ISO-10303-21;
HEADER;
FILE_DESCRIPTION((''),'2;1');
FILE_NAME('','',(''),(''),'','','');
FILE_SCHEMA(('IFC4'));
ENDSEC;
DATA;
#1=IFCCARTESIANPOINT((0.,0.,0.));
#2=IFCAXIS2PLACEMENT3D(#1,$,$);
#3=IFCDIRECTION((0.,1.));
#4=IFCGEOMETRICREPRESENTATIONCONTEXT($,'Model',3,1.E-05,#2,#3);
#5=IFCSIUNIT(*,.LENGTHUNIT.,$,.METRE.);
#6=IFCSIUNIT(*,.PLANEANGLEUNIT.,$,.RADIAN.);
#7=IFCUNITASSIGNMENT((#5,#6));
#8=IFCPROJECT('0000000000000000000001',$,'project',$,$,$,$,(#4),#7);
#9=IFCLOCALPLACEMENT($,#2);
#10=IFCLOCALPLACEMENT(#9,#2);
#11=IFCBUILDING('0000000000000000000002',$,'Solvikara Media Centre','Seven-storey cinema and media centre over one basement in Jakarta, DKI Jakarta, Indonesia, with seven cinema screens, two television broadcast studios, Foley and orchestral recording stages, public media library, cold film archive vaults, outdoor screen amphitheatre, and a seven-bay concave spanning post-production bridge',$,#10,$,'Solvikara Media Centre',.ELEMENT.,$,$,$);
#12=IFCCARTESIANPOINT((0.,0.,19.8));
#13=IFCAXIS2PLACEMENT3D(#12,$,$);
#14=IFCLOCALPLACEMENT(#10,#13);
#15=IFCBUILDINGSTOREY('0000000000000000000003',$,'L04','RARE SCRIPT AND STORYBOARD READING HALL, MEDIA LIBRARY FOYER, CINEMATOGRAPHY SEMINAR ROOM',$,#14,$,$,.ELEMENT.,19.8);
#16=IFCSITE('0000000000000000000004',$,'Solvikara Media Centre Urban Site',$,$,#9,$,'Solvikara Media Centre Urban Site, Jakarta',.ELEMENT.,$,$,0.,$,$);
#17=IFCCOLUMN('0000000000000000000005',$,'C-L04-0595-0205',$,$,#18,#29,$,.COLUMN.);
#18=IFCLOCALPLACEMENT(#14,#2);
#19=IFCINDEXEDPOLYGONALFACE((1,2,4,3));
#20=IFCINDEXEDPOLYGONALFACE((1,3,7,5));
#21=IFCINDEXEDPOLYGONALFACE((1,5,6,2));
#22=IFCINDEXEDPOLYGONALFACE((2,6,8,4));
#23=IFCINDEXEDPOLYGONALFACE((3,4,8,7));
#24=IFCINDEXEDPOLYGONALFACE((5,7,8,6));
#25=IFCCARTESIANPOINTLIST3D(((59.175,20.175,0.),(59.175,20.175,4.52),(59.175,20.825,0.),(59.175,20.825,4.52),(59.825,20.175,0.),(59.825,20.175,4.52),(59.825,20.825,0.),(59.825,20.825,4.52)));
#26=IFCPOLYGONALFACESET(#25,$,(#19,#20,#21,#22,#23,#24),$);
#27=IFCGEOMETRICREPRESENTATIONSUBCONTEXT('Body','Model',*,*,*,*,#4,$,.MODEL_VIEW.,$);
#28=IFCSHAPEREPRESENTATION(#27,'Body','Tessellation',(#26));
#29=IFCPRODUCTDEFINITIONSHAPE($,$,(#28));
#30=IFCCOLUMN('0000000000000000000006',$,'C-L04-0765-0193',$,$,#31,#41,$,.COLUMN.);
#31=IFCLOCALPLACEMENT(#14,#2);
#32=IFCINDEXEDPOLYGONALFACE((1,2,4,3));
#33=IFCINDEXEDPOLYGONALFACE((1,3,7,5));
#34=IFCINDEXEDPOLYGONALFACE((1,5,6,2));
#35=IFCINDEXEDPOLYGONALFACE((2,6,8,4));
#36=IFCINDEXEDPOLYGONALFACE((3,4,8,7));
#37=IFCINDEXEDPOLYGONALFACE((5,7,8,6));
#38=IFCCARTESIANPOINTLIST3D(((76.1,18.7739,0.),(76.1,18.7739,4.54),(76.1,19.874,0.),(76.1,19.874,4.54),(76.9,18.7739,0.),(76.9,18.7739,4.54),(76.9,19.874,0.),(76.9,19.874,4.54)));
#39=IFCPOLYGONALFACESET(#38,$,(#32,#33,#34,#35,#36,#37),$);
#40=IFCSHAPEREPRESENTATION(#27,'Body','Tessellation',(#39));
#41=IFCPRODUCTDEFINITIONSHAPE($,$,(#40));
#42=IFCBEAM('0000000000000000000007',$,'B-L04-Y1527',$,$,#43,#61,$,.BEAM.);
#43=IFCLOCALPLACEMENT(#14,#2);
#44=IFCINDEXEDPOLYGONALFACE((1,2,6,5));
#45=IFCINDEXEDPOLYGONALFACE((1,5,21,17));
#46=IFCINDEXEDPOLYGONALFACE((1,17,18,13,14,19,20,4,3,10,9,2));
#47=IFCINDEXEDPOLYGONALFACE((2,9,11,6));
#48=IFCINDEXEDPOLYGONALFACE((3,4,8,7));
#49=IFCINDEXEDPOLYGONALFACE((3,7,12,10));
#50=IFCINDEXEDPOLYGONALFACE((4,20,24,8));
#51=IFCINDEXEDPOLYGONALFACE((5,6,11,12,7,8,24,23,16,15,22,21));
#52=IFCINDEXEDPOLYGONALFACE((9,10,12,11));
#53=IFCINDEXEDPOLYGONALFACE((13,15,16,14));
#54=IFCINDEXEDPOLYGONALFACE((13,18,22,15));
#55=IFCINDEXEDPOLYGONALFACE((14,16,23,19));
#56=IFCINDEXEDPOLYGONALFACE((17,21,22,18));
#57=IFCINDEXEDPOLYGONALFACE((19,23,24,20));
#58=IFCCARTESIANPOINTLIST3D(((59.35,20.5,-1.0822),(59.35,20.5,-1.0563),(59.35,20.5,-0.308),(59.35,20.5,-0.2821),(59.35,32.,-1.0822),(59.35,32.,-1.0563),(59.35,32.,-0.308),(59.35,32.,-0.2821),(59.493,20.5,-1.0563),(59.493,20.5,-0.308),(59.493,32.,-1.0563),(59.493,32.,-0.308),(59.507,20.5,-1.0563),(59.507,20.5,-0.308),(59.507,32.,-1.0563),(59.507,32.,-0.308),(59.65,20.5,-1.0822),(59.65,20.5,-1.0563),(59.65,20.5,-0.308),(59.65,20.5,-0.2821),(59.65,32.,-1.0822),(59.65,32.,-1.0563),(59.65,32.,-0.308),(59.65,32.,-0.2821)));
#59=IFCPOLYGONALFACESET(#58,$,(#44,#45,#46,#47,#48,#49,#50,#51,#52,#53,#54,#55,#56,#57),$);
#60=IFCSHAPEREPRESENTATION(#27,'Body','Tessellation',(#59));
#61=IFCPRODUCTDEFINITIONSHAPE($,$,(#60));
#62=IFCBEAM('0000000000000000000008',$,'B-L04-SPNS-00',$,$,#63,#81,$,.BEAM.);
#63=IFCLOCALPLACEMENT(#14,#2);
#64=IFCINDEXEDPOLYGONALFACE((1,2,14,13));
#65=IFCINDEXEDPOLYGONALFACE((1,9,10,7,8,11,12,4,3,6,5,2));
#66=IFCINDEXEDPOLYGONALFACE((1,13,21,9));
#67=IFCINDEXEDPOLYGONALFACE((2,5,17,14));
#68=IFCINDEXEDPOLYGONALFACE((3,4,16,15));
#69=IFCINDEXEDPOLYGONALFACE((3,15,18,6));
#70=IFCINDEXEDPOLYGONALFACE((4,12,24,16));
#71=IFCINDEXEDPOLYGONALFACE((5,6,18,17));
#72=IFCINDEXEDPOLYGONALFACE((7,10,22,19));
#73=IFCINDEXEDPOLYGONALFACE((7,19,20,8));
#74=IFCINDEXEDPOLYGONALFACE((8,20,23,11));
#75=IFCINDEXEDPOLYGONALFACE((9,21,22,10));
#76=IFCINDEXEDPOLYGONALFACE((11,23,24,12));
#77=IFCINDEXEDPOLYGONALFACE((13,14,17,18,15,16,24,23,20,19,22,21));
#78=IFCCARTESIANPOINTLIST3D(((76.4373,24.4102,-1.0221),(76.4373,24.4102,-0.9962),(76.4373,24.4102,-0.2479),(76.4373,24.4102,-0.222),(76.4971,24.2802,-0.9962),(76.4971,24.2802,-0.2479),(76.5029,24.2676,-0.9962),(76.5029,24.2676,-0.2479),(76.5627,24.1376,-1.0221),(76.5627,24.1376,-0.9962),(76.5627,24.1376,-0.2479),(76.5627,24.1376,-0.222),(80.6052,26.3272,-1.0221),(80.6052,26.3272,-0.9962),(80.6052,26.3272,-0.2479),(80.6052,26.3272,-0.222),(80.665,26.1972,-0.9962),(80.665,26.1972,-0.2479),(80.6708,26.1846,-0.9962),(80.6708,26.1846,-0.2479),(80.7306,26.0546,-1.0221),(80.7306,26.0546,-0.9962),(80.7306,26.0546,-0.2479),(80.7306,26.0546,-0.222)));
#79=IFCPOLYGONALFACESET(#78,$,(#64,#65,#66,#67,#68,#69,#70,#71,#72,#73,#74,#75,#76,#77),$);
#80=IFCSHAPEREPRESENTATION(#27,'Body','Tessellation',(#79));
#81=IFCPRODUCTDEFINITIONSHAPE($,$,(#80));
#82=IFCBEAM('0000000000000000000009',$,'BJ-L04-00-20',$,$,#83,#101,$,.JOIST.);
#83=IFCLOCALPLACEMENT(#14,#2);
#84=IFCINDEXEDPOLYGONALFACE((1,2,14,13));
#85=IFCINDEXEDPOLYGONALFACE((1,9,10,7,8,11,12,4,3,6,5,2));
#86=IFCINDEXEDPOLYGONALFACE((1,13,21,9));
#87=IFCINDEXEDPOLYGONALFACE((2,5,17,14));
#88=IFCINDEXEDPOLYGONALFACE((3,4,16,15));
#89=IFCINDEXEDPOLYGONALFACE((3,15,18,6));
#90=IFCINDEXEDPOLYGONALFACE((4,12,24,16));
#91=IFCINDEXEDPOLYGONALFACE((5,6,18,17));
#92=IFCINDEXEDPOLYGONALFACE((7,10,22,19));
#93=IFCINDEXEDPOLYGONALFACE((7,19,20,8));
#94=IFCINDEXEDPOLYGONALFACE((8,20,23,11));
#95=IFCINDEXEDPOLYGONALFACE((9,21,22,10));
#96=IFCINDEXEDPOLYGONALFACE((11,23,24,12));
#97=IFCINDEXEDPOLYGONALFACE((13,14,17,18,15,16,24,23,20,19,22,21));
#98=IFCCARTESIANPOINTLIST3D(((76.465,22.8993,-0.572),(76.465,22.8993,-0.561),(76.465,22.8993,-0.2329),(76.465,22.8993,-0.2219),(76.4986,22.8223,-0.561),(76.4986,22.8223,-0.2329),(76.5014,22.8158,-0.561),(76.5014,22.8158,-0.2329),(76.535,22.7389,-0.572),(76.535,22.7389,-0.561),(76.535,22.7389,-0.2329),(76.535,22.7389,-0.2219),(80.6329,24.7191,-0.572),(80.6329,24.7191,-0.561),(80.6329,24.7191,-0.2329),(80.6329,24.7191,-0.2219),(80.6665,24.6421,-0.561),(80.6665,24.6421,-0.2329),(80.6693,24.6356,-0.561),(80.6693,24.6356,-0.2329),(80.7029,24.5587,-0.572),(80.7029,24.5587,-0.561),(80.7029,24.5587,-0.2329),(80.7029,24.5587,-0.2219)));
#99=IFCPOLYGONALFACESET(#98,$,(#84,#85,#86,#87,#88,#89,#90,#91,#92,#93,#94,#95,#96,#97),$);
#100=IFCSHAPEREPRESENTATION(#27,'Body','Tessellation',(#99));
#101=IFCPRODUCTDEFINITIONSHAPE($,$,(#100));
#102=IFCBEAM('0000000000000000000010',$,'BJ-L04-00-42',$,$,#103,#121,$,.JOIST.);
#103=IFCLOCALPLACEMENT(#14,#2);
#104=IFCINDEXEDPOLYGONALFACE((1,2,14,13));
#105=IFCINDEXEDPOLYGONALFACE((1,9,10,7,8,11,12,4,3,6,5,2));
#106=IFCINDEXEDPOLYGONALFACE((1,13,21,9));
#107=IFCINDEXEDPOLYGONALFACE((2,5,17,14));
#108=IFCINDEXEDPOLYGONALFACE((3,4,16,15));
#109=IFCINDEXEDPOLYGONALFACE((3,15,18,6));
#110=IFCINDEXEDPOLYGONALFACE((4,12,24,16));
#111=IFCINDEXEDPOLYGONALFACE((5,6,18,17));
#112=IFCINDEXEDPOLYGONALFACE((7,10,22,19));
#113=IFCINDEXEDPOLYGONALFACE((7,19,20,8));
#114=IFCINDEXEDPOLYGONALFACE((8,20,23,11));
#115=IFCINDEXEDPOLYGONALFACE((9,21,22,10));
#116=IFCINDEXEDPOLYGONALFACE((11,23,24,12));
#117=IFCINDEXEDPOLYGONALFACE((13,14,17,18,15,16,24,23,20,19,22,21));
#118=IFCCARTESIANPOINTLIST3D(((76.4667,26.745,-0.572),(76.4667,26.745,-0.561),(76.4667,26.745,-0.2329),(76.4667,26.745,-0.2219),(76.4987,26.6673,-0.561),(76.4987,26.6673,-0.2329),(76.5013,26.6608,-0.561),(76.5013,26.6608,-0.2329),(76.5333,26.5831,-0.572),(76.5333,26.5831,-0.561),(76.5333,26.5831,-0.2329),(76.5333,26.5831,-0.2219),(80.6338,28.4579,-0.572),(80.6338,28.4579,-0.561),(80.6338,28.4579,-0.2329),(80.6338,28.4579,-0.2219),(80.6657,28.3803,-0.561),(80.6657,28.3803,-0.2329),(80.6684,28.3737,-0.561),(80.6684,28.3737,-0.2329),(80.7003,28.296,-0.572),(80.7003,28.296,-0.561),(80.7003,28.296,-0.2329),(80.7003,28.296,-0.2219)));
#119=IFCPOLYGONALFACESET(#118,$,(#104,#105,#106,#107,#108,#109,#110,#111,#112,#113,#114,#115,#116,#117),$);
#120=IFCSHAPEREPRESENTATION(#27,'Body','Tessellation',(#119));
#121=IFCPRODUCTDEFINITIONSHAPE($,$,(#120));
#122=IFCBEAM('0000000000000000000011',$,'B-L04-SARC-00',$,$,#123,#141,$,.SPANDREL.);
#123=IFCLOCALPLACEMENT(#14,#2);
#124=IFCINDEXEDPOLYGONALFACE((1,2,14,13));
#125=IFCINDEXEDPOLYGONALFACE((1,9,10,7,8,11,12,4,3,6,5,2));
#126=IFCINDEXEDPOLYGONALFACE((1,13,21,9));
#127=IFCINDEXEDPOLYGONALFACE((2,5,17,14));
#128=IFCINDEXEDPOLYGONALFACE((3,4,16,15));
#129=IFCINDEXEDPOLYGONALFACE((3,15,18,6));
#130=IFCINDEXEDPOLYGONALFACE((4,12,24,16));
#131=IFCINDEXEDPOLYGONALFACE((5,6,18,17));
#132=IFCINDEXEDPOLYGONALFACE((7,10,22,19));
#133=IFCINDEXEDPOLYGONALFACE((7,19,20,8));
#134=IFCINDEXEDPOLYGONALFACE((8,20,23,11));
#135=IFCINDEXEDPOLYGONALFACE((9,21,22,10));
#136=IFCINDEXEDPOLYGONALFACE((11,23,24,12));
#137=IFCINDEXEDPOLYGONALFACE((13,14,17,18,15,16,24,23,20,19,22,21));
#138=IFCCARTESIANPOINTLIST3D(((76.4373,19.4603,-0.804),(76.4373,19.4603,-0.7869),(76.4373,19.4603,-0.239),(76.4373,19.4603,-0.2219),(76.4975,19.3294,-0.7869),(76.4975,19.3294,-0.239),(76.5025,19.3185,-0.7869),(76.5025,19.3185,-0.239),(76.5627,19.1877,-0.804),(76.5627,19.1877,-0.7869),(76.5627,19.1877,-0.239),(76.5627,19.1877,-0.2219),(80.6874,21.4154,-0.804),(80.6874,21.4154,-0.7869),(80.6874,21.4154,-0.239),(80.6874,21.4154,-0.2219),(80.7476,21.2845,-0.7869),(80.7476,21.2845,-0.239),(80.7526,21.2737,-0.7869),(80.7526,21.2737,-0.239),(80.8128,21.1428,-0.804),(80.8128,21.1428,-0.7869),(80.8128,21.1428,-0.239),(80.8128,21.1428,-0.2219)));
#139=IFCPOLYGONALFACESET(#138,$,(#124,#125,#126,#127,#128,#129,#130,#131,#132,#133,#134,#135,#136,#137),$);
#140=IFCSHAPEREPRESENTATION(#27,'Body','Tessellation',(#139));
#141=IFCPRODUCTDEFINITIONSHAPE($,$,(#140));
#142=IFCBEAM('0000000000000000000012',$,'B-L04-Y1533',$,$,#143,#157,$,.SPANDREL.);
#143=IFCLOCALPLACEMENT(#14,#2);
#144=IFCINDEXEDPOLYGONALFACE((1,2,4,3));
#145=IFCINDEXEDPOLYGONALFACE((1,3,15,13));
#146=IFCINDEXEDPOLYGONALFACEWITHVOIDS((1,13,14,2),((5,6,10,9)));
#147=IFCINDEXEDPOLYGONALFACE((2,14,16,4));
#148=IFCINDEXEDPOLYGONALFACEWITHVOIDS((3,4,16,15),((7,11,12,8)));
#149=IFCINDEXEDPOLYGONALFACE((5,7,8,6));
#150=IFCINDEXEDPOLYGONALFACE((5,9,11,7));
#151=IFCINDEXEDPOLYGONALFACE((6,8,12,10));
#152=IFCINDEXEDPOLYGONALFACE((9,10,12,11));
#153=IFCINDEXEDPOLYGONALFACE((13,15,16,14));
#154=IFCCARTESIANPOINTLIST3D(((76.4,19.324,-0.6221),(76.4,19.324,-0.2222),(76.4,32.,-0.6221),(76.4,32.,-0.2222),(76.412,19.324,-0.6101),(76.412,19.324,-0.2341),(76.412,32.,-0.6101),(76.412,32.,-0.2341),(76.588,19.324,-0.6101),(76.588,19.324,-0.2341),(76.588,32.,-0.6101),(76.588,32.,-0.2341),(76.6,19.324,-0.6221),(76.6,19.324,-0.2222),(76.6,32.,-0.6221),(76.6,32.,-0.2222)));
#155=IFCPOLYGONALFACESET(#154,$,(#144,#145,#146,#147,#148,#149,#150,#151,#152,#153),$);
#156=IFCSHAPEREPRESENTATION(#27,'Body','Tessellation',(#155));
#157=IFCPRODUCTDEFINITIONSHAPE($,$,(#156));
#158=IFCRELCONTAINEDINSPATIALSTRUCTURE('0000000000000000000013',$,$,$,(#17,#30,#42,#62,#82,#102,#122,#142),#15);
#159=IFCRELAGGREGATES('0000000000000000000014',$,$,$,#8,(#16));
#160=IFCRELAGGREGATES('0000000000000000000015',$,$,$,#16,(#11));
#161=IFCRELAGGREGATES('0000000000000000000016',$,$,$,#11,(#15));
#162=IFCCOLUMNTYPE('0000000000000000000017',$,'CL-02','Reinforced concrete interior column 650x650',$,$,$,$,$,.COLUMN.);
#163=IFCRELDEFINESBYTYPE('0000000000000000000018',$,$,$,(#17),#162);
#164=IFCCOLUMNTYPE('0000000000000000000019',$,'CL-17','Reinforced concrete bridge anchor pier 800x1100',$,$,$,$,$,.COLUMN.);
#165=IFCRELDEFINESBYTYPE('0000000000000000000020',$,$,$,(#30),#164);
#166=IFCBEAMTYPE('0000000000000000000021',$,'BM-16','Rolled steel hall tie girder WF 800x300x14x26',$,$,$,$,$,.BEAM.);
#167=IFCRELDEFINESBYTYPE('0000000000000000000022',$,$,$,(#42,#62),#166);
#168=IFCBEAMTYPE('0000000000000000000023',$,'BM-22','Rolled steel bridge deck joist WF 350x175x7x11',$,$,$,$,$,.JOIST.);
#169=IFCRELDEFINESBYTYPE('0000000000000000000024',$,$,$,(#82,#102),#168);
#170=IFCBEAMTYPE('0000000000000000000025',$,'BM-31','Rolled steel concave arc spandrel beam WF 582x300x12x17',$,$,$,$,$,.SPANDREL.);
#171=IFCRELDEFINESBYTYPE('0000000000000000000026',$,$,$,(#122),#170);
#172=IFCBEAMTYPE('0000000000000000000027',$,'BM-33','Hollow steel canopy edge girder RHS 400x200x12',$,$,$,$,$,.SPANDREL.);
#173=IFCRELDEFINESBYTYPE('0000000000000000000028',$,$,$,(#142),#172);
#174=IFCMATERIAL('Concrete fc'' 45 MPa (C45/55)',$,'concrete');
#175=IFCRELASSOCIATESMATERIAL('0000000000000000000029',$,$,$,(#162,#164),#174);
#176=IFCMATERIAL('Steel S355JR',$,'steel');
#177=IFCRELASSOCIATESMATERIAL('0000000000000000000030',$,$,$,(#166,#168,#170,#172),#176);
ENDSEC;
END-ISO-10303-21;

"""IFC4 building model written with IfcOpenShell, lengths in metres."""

from ifc_helpers import new_model, si_unit, direction, frame, origin, origin_2d, place, context, subcontext, project, spatial, rectangle, hollow_rectangle, i_section, extrude, material, material_profile, profile_set, type_object, element, save


model = new_model("IFC4")

# Units and contexts
model_context = context("Model", 3, precision=1e-05, world=origin(), true_north=direction((0.0, 1.0)))
body_context = subcontext(model_context, "Body", "Model", "MODEL_VIEW")
ifc_project = project(units=[si_unit("LENGTHUNIT", "METRE"), si_unit("PLANEANGLEUNIT", "RADIAN")], contexts=[model_context])

# Site, building, storey
site_placement = place(None, origin())
site = spatial("IfcSite", under=ifc_project, at=site_placement, Name="Solvikara Media Centre Urban Site", LongName="Solvikara Media Centre Urban Site, Jakarta", CompositionType="ELEMENT", RefElevation=0.0)
building_placement = place(site_placement, origin())
building = spatial("IfcBuilding", under=site, at=building_placement, Name="Solvikara Media Centre", Description="Seven-storey cinema and media centre over one basement in Jakarta, DKI Jakarta, Indonesia, with seven cinema screens, two television broadcast studios, Foley and orchestral recording stages, public media library, cold film archive vaults, outdoor screen amphitheatre, and a seven-bay concave spanning post-production bridge", LongName="Solvikara Media Centre", CompositionType="ELEMENT")
storey_placement = place(building_placement, frame((0.0, 0.0, 19.8)))
storey = spatial("IfcBuildingStorey", under=building, at=storey_placement, Name="L04", Description="RARE SCRIPT AND STORYBOARD READING HALL, MEDIA LIBRARY FOYER, CINEMATOGRAPHY SEMINAR ROOM", CompositionType="ELEMENT", Elevation=19.8)

# Columns
ifc_material_1 = material(Name="Concrete fc' 45 MPa (C45/55)", Category="concrete")
ifc_material_profile_1 = material_profile(ifc_material_1, rectangle(XDim=0.6499, YDim=0.6499, at=origin_2d()), Name="RC 650x650")
ifc_profile_set_1 = profile_set([ifc_material_profile_1], Name="Concrete fc' 45 MPa (C45/55)")
column_type_1 = type_object("IfcColumnType", Name="CL-02", Description="Reinforced concrete interior column 650x650", PredefinedType="COLUMN", material=ifc_profile_set_1)
column_1_placement = place(storey_placement, frame((59.5, 20.5, 0.0), z_axis=(0.0, 0.0, 1.0), x_axis=(1.0, 0.0, 0.0)))
element("IfcColumn", 1, at=column_1_placement, inside=storey, type_object=column_type_1, Name="C-L04-0595-0205", PredefinedType="COLUMN", context=body_context, shape_type="SweptSolid", body=[
    extrude(rectangle(XDim=0.6499, YDim=0.6499, at=origin_2d()), origin(), (0.0, 0.0, 1.0), 4.52),
])
ifc_material_profile_2 = material_profile(ifc_material_1, rectangle(XDim=0.8, YDim=1.1001, at=origin_2d()), Name="RC 800x1100")
ifc_profile_set_2 = profile_set([ifc_material_profile_2], Name="Concrete fc' 45 MPa (C45/55)")
column_type_2 = type_object("IfcColumnType", Name="CL-17", Description="Reinforced concrete bridge anchor pier 800x1100", PredefinedType="COLUMN", material=ifc_profile_set_2)
column_2_placement = place(storey_placement, frame((76.5, 19.324, 0.0), z_axis=(0.0, 0.0, 1.0), x_axis=(1.0, 0.0, 0.0)))
element("IfcColumn", 2, at=column_2_placement, inside=storey, type_object=column_type_2, Name="C-L04-0765-0193", PredefinedType="COLUMN", context=body_context, shape_type="SweptSolid", body=[
    extrude(rectangle(XDim=0.8, YDim=1.1001, at=origin_2d()), origin(), (0.0, 0.0, 1.0), 4.54),
])

# Beams
ifc_material_2 = material(Name="Steel S355JR", Category="steel")
ifc_material_profile_3 = material_profile(ifc_material_2, i_section(OverallWidth=0.3, OverallDepth=0.8, WebThickness=0.0139, FlangeThickness=0.0259, at=origin_2d()), Name="WF 800x300x14x26")
ifc_profile_set_3 = profile_set([ifc_material_profile_3], Name="Steel S355JR")
beam_type_1 = type_object("IfcBeamType", Name="BM-16", Description="Rolled steel hall tie girder WF 800x300x14x26", PredefinedType="BEAM", material=ifc_profile_set_3)
beam_1_placement = place(storey_placement, frame((59.5, 20.5, -0.6821), z_axis=(0.0, 1.0, 0.0), x_axis=(-1.0, 0.0, 0.0)))
element("IfcBeam", 3, at=beam_1_placement, inside=storey, type_object=beam_type_1, Name="B-L04-Y1527", PredefinedType="BEAM", context=body_context, shape_type="SweptSolid", body=[
    extrude(i_section(OverallWidth=0.3, OverallDepth=0.8, WebThickness=0.0139, FlangeThickness=0.0259, at=origin_2d()), origin(), (0.0, 0.0, 1.0), 11.5),
])
beam_2_placement = place(storey_placement, frame((76.5, 24.2739, -0.6221), z_axis=(0.908513, 0.417856, 0.0), x_axis=(-0.417856, 0.908513, 0.0)))
element("IfcBeam", 4, at=beam_2_placement, inside=storey, type_object=beam_type_1, Name="B-L04-SPNS-00", PredefinedType="BEAM", context=body_context, shape_type="SweptSolid", body=[
    extrude(i_section(OverallWidth=0.3, OverallDepth=0.8, WebThickness=0.0139, FlangeThickness=0.0259, at=origin_2d()), origin(), (0.0, 0.0, 1.0), 4.5876),
])
ifc_material_profile_4 = material_profile(ifc_material_2, i_section(OverallWidth=0.175, OverallDepth=0.3501, WebThickness=0.0071, FlangeThickness=0.011, at=origin_2d()), Name="WF 350x175x7x11")
ifc_profile_set_4 = profile_set([ifc_material_profile_4], Name="Steel S355JR")
beam_type_2 = type_object("IfcBeamType", Name="BM-22", Description="Rolled steel bridge deck joist WF 350x175x7x11", PredefinedType="JOIST", material=ifc_profile_set_4)
beam_3_placement = place(storey_placement, frame((76.5, 22.8191, -0.397), z_axis=(0.916453, 0.400143, 0.0), x_axis=(-0.400143, 0.916453, 0.0)))
element("IfcBeam", 5, at=beam_3_placement, inside=storey, type_object=beam_type_2, Name="BJ-L04-00-20", PredefinedType="JOIST", context=body_context, shape_type="SweptSolid", body=[
    extrude(i_section(OverallWidth=0.175, OverallDepth=0.3501, WebThickness=0.0071, FlangeThickness=0.011, at=origin_2d()), origin(), (0.0, 0.0, 1.0), 4.5479),
])
beam_4_placement = place(storey_placement, frame((76.5, 26.6641, -0.397), z_axis=(0.924907, 0.380194, 0.0), x_axis=(-0.380194, 0.924907, 0.0)))
element("IfcBeam", 6, at=beam_4_placement, inside=storey, type_object=beam_type_2, Name="BJ-L04-00-42", PredefinedType="JOIST", context=body_context, shape_type="SweptSolid", body=[
    extrude(i_section(OverallWidth=0.175, OverallDepth=0.3501, WebThickness=0.0071, FlangeThickness=0.011, at=origin_2d()), origin(), (0.0, 0.0, 1.0), 4.5054),
])
ifc_material_profile_5 = material_profile(ifc_material_2, i_section(OverallWidth=0.3, OverallDepth=0.582, WebThickness=0.012, FlangeThickness=0.0171, at=origin_2d()), Name="WF 582x300x12x17")
ifc_profile_set_5 = profile_set([ifc_material_profile_5], Name="Steel S355JR")
beam_type_3 = type_object("IfcBeamType", Name="BM-31", Description="Rolled steel concave arc spandrel beam WF 582x300x12x17", PredefinedType="SPANDREL", material=ifc_profile_set_5)
beam_5_placement = place(storey_placement, frame((76.5, 19.324, -0.5129), z_axis=(0.908484, 0.417919, 0.0), x_axis=(-0.417919, 0.908484, 0.0)))
element("IfcBeam", 7, at=beam_5_placement, inside=storey, type_object=beam_type_3, Name="B-L04-SARC-00", PredefinedType="SPANDREL", context=body_context, shape_type="SweptSolid", body=[
    extrude(i_section(OverallWidth=0.3, OverallDepth=0.582, WebThickness=0.012, FlangeThickness=0.0171, at=origin_2d()), origin(), (0.0, 0.0, 1.0), 4.6782),
])
ifc_material_profile_6 = material_profile(ifc_material_2, hollow_rectangle(XDim=0.2, YDim=0.3999, WallThickness=0.012, at=origin_2d()), Name="RHS 400x200x12")
ifc_profile_set_6 = profile_set([ifc_material_profile_6], Name="Steel S355JR")
beam_type_4 = type_object("IfcBeamType", Name="BM-33", Description="Hollow steel canopy edge girder RHS 400x200x12", PredefinedType="SPANDREL", material=ifc_profile_set_6)
beam_6_placement = place(storey_placement, frame((76.5, 19.324, -0.4221), z_axis=(0.0, 1.0, 0.0), x_axis=(-1.0, 0.0, 0.0)))
element("IfcBeam", 8, at=beam_6_placement, inside=storey, type_object=beam_type_4, Name="B-L04-Y1533", PredefinedType="SPANDREL", context=body_context, shape_type="SweptSolid", body=[
    extrude(hollow_rectangle(XDim=0.2, YDim=0.3999, WallThickness=0.012, at=origin_2d()), origin(), (0.0, 0.0, 1.0), 12.676),
])

save(model, "model.ifc")
